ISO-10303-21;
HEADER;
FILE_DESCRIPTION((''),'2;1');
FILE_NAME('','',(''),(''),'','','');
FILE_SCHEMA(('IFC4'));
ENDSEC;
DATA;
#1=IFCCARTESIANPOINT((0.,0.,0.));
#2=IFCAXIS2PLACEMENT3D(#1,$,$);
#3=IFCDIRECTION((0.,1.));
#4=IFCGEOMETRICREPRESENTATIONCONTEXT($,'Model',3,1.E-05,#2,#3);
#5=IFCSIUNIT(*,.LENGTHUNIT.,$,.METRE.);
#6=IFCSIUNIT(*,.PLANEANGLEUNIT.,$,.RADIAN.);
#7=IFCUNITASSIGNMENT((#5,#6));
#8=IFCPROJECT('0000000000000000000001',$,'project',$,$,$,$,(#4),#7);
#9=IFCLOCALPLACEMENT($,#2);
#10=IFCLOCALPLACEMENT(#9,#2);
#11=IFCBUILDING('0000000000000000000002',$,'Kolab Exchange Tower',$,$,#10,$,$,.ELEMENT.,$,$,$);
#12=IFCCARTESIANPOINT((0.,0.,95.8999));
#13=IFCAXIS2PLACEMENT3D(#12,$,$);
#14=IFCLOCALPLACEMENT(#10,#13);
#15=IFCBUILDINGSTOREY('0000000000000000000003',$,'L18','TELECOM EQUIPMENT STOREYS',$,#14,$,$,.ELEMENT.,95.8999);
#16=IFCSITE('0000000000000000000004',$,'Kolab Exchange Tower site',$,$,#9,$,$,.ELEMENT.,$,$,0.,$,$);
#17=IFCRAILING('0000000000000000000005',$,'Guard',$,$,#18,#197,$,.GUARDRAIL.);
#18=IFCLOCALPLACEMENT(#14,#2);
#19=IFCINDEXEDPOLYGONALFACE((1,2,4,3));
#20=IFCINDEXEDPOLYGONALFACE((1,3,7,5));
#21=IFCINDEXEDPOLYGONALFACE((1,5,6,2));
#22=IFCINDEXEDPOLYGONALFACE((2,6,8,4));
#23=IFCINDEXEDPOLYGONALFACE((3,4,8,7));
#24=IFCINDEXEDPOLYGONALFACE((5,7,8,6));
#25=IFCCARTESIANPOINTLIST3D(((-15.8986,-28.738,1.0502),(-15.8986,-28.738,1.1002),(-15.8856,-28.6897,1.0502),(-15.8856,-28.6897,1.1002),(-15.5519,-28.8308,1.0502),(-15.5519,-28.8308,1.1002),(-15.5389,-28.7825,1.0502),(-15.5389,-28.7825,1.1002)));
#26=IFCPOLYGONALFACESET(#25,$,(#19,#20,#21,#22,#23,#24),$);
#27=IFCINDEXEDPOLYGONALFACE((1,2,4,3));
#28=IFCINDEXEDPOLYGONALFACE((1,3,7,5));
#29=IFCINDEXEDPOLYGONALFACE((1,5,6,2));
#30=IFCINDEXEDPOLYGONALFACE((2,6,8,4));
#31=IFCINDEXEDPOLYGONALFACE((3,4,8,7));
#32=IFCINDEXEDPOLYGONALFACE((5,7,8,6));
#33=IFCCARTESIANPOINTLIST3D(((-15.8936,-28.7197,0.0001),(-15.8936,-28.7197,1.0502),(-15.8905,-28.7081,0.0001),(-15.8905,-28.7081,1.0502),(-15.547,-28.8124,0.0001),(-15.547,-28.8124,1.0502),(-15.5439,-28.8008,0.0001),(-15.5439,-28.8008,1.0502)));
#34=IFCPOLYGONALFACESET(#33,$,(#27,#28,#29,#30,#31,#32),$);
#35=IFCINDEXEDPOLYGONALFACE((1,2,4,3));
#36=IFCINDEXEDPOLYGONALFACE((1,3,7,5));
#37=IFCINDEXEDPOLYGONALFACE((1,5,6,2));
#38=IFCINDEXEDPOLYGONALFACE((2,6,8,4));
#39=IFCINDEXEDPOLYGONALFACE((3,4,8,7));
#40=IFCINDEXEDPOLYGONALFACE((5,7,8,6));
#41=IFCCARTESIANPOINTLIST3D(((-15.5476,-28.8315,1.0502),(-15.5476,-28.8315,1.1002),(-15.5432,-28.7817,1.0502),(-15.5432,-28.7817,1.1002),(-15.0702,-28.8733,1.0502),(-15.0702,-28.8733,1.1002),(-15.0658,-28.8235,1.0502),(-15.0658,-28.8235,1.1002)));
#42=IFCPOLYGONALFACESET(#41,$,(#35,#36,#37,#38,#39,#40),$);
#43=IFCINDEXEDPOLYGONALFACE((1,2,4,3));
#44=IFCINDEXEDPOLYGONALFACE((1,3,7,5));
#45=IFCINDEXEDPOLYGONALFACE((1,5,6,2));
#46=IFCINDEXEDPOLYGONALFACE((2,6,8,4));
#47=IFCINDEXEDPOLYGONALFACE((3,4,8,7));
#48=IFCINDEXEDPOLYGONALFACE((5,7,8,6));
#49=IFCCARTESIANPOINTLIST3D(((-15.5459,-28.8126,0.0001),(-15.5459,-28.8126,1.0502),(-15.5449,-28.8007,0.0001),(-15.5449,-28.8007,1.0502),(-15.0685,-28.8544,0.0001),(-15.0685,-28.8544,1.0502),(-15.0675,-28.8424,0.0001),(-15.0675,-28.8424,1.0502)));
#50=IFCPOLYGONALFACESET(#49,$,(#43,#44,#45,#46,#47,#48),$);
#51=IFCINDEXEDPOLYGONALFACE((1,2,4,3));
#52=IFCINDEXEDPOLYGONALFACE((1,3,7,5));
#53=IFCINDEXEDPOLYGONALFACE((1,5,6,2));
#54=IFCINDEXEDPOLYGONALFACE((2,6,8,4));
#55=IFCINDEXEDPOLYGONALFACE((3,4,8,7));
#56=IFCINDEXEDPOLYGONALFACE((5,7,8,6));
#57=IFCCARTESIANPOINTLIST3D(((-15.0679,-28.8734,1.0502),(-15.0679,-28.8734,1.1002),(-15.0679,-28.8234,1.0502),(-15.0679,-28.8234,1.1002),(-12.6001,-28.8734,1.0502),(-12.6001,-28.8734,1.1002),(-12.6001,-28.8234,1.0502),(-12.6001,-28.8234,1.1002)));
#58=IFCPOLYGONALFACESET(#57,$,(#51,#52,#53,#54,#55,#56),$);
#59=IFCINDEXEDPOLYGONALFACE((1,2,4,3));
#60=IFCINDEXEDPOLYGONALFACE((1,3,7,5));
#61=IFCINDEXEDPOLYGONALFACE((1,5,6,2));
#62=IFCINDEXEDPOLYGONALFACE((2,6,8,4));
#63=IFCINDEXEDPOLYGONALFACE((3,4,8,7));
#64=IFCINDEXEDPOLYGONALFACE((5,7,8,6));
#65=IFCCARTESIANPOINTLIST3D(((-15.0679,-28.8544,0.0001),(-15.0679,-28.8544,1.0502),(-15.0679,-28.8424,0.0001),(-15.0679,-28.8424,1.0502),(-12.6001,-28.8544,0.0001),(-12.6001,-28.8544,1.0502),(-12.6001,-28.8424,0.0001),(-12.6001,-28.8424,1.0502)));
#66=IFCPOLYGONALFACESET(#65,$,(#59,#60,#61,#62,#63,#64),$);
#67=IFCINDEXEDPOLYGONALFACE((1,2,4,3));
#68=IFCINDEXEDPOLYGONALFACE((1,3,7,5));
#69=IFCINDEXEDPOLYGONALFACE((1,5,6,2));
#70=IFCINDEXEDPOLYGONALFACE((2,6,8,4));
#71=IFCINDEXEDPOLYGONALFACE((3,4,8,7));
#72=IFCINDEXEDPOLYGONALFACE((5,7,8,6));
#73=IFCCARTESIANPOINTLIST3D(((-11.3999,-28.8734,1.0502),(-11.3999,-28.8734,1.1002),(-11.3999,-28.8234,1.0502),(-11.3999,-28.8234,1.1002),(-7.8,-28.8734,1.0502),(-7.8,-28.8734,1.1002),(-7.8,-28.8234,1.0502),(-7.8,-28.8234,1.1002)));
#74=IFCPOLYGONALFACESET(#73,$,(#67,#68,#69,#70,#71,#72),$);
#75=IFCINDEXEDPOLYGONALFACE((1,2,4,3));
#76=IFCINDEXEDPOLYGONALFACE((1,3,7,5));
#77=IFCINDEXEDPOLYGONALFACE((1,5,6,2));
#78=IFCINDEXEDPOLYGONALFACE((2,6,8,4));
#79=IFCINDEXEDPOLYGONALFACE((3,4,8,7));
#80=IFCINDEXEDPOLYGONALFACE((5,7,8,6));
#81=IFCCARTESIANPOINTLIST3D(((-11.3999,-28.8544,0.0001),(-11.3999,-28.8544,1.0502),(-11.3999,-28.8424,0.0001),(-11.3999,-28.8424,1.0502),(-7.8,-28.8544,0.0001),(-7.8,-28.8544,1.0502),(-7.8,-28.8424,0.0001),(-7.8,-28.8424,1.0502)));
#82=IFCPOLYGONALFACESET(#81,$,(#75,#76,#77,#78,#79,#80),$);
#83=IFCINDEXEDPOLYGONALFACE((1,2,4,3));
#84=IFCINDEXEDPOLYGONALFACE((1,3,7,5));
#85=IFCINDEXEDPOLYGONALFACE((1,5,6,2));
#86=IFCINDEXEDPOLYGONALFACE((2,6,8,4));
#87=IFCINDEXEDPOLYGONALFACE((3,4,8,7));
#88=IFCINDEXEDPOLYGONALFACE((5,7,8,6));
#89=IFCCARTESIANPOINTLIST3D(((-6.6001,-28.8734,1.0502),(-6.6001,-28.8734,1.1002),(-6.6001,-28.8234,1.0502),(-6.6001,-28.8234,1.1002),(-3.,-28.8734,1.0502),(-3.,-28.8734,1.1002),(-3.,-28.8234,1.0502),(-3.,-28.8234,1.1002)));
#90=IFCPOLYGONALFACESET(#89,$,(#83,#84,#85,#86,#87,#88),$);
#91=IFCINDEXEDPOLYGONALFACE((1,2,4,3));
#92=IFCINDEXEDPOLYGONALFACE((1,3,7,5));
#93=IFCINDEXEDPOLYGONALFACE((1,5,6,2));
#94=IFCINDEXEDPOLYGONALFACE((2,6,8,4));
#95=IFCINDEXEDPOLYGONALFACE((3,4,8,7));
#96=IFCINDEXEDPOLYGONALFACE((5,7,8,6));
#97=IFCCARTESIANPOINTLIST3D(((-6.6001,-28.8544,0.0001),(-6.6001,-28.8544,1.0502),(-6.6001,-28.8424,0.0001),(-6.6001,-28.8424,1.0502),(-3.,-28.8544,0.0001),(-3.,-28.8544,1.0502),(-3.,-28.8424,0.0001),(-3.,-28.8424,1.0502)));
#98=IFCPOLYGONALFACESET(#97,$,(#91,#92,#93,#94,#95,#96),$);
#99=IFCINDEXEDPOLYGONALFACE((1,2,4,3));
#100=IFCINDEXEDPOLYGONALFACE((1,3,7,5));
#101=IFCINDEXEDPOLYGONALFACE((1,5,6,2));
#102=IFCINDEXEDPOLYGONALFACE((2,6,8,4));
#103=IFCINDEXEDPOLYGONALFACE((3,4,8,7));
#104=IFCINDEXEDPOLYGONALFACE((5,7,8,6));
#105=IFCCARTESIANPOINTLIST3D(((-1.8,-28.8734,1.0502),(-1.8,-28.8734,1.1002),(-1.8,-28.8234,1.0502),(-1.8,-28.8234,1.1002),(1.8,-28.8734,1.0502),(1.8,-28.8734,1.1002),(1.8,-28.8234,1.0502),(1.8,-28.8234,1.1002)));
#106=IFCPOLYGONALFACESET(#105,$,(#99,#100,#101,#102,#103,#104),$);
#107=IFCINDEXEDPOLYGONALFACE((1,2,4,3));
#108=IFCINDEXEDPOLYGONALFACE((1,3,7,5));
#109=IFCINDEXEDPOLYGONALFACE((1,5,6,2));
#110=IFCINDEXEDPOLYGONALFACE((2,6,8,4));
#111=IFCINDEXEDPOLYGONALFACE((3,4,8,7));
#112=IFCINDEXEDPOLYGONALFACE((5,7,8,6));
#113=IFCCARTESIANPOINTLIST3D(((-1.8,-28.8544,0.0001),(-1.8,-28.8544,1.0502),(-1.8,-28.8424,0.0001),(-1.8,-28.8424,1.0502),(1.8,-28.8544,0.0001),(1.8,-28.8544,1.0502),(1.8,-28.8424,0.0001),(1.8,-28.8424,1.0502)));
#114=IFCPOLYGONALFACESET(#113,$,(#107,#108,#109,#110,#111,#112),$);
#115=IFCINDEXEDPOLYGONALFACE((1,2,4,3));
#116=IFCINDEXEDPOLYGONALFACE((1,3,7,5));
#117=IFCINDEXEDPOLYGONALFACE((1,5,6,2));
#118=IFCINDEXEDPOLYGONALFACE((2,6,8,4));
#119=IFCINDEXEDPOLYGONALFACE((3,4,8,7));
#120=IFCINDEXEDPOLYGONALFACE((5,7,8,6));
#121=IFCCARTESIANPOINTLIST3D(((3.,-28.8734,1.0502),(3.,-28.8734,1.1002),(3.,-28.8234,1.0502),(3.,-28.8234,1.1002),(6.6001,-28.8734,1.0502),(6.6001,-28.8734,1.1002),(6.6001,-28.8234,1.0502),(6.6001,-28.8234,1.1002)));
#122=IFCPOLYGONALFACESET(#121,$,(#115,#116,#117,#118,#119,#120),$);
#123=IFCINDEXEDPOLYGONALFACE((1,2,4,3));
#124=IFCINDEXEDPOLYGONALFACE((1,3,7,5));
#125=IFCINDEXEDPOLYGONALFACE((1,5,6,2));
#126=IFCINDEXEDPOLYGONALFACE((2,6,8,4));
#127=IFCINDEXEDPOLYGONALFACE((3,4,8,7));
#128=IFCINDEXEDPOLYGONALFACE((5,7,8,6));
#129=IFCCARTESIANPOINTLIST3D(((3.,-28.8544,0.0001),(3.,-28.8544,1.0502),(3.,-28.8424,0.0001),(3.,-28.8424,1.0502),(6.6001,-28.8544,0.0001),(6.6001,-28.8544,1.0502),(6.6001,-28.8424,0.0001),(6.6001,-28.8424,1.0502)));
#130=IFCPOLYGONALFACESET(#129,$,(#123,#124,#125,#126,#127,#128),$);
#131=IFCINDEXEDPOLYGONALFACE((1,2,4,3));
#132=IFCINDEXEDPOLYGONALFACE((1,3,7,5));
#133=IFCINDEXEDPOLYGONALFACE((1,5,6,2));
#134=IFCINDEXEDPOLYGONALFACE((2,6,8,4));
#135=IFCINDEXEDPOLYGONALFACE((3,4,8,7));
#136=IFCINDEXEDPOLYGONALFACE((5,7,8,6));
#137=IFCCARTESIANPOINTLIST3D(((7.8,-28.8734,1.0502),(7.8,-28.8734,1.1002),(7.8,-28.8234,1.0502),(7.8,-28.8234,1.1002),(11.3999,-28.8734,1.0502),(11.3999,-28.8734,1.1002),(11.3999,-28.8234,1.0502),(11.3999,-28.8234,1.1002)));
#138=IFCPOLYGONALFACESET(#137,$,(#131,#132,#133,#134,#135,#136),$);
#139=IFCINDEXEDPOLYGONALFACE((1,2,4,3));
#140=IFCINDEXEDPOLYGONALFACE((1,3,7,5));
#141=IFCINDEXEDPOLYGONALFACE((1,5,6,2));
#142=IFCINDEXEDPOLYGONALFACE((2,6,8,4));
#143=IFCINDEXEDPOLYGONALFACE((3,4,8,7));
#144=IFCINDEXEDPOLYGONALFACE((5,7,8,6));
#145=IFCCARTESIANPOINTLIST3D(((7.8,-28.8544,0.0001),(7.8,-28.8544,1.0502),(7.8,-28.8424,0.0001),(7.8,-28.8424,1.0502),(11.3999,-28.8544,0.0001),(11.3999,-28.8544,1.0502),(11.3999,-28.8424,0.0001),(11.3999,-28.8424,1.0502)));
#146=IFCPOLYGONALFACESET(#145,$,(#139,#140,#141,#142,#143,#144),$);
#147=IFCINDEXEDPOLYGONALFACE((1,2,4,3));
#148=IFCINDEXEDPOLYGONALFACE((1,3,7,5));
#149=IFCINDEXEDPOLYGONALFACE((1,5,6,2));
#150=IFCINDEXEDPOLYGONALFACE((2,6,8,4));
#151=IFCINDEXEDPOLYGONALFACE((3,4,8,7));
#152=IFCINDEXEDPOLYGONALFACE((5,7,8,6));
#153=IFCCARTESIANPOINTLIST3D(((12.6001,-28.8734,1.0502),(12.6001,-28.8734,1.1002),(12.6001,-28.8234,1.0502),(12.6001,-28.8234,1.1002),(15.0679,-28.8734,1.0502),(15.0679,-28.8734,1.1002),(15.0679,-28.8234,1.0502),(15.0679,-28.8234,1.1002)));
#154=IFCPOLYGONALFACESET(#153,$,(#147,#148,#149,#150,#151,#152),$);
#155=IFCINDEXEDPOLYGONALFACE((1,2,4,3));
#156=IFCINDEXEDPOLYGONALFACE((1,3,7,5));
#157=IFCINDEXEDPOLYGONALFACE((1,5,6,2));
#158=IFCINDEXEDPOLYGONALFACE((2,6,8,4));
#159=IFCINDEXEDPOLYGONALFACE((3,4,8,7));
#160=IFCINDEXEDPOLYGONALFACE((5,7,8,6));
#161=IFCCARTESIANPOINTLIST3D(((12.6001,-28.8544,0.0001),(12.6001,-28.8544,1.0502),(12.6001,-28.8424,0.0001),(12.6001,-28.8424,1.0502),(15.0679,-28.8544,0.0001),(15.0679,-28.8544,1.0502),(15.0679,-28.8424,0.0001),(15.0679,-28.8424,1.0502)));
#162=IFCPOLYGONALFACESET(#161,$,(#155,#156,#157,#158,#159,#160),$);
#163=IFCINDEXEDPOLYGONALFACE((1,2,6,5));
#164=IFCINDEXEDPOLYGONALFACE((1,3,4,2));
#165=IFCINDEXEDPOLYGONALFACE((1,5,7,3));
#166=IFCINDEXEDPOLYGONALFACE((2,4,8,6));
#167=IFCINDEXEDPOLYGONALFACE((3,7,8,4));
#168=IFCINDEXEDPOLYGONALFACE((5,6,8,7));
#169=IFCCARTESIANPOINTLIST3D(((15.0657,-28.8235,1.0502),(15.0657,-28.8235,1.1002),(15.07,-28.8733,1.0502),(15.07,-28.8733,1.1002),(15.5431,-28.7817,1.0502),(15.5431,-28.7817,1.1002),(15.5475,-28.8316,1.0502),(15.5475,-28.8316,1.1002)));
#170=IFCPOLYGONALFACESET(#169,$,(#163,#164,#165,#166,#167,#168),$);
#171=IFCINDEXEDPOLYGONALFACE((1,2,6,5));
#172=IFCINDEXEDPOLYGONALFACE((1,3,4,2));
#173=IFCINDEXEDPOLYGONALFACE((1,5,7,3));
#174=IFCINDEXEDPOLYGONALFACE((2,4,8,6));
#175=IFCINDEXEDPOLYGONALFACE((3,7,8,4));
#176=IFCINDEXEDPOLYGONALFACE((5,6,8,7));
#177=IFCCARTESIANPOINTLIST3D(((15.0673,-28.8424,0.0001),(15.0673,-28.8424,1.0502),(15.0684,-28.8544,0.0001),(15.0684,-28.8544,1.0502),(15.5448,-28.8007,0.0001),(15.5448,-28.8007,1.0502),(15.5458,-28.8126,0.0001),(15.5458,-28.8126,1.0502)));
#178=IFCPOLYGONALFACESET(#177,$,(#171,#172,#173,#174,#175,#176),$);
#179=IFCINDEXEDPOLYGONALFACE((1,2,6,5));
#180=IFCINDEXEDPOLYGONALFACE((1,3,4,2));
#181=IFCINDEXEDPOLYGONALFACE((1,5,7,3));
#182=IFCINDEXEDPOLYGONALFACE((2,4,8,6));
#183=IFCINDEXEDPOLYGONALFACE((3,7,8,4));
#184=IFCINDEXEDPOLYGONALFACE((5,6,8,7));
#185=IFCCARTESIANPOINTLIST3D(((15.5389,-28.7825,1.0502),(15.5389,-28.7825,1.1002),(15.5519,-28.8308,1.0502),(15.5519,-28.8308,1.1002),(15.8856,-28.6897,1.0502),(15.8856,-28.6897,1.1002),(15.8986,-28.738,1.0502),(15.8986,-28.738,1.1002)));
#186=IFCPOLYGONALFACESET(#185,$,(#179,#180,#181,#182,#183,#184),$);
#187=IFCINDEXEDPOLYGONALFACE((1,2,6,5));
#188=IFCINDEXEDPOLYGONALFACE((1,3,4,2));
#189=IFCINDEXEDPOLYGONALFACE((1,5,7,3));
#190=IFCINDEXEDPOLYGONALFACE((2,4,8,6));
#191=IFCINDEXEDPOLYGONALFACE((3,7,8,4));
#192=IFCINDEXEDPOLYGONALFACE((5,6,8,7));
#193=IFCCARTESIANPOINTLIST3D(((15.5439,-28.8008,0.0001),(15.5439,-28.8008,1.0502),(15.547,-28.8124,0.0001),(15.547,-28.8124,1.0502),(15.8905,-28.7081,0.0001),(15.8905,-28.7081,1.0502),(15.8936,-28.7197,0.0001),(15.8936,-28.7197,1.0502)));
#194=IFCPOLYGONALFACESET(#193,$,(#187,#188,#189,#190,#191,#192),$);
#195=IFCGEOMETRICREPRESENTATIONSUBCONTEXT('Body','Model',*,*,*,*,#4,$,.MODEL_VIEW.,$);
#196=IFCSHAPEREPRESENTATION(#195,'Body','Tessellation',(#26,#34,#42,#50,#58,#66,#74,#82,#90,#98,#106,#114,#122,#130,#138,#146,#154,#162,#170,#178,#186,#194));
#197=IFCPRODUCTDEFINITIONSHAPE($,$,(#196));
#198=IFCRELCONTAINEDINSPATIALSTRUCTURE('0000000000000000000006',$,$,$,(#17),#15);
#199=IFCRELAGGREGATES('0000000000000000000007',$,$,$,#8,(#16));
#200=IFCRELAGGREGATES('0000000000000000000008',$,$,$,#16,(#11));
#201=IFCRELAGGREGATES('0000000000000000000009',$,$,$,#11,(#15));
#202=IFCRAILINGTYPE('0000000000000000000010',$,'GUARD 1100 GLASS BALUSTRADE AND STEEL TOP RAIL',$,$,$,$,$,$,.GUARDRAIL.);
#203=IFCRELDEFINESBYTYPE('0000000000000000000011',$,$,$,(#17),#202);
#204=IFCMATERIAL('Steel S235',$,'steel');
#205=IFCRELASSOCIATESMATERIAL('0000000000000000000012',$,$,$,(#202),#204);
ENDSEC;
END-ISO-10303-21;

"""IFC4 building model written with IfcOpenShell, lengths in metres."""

from ifc_helpers import new_model, si_unit, direction, frame, frame_2d, origin, origin_2d, place, context, subcontext, project, spatial, rectangle, extrude, material, type_object, element, save


model = new_model("IFC4")

# Units and contexts
model_context = context("Model", 3, precision=1e-05, world=origin(), true_north=direction((0.0, 1.0)))
body_context = subcontext(model_context, "Body", "Model", "MODEL_VIEW")
ifc_project = project(units=[si_unit("LENGTHUNIT", "METRE"), si_unit("PLANEANGLEUNIT", "RADIAN")], contexts=[model_context])

# Site, building, storey
site_placement = place(None, origin())
site = spatial("IfcSite", under=ifc_project, at=site_placement, Name="Kolab Exchange Tower site", CompositionType="ELEMENT", RefElevation=0.0)
building_placement = place(site_placement, origin())
building = spatial("IfcBuilding", under=site, at=building_placement, Name="Kolab Exchange Tower", CompositionType="ELEMENT")
storey_placement = place(building_placement, frame((0.0, 0.0, 95.8999)))
storey = spatial("IfcBuildingStorey", under=building, at=storey_placement, Name="L18", Description="TELECOM EQUIPMENT STOREYS", CompositionType="ELEMENT", Elevation=95.8999)

# Railing
ifc_material_1 = material(Name="Steel S235", Category="steel")
railing_type = type_object("IfcRailingType", Name="GUARD 1100 GLASS BALUSTRADE AND STEEL TOP RAIL", PredefinedType="GUARDRAIL", material=ifc_material_1)
railing_placement = place(storey_placement, frame((-15.8921, -28.7139, 0.0)))
element("IfcRailing", 1, at=railing_placement, inside=storey, type_object=railing_type, Name="Guard", PredefinedType="GUARDRAIL", context=body_context, shape_type="SweptSolid", body=[
    extrude(rectangle(XDim=0.05, YDim=0.05, at=origin_2d()), frame((0.0, 0.0, 1.0752), z_axis=(0.966009, -0.258509, 0.0), x_axis=(0.258509, 0.966009, 0.0)), (0.0, 0.0, 1.0), 0.3589),
    extrude(rectangle(XDim=0.012, YDim=1.0501, at=frame_2d((0.0, 0.5251))), frame((0.0, 0.0, 0.0), z_axis=(0.966009, -0.258509, 0.0), x_axis=(0.258509, 0.966009, 0.0)), (0.0, 0.0, 1.0), 0.3589),
    extrude(rectangle(XDim=0.05, YDim=0.05, at=origin_2d()), frame((0.3467, -0.0928, 1.0752), z_axis=(0.9962, -0.087091, 0.0), x_axis=(0.087091, 0.9962, 0.0)), (0.0, 0.0, 1.0), 0.4792),
    extrude(rectangle(XDim=0.012, YDim=1.0501, at=frame_2d((0.0, 0.5251))), frame((0.3467, -0.0928, 0.0), z_axis=(0.9962, -0.087091, 0.0), x_axis=(0.087091, 0.9962, 0.0)), (0.0, 0.0, 1.0), 0.4792),
    extrude(rectangle(XDim=0.05, YDim=0.05, at=origin_2d()), frame((0.8242, -0.1345, 1.0752), z_axis=(1.0, 0.0, 0.0), x_axis=(0.0, 1.0, 0.0)), (0.0, 0.0, 1.0), 2.4678),
    extrude(rectangle(XDim=0.012, YDim=1.0501, at=frame_2d((0.0, 0.5251))), frame((0.8242, -0.1345, 0.0), z_axis=(1.0, 0.0, 0.0), x_axis=(0.0, 1.0, 0.0)), (0.0, 0.0, 1.0), 2.4678),
    extrude(rectangle(XDim=0.05, YDim=0.05, at=origin_2d()), frame((4.4922, -0.1345, 1.0752), z_axis=(1.0, 0.0, 0.0), x_axis=(0.0, 1.0, 0.0)), (0.0, 0.0, 1.0), 3.5999),
    extrude(rectangle(XDim=0.012, YDim=1.0501, at=frame_2d((0.0, 0.5251))), frame((4.4922, -0.1345, 0.0), z_axis=(1.0, 0.0, 0.0), x_axis=(0.0, 1.0, 0.0)), (0.0, 0.0, 1.0), 3.5999),
    extrude(rectangle(XDim=0.05, YDim=0.05, at=origin_2d()), frame((9.292, -0.1345, 1.0752), z_axis=(1.0, 0.0, 0.0), x_axis=(0.0, 1.0, 0.0)), (0.0, 0.0, 1.0), 3.6001),
    extrude(rectangle(XDim=0.012, YDim=1.0501, at=frame_2d((0.0, 0.5251))), frame((9.292, -0.1345, 0.0), z_axis=(1.0, 0.0, 0.0), x_axis=(0.0, 1.0, 0.0)), (0.0, 0.0, 1.0), 3.6001),
    extrude(rectangle(XDim=0.05, YDim=0.05, at=origin_2d()), frame((14.092, -0.1345, 1.0752), z_axis=(1.0, 0.0, 0.0), x_axis=(0.0, 1.0, 0.0)), (0.0, 0.0, 1.0), 3.6001),
    extrude(rectangle(XDim=0.012, YDim=1.0501, at=frame_2d((0.0, 0.5251))), frame((14.092, -0.1345, 0.0), z_axis=(1.0, 0.0, 0.0), x_axis=(0.0, 1.0, 0.0)), (0.0, 0.0, 1.0), 3.6001),
    extrude(rectangle(XDim=0.05, YDim=0.05, at=origin_2d()), frame((18.8921, -0.1345, 1.0752), z_axis=(1.0, 0.0, 0.0), x_axis=(0.0, 1.0, 0.0)), (0.0, 0.0, 1.0), 3.6001),
    extrude(rectangle(XDim=0.012, YDim=1.0501, at=frame_2d((0.0, 0.5251))), frame((18.8921, -0.1345, 0.0), z_axis=(1.0, 0.0, 0.0), x_axis=(0.0, 1.0, 0.0)), (0.0, 0.0, 1.0), 3.6001),
    extrude(rectangle(XDim=0.05, YDim=0.05, at=origin_2d()), frame((23.6921, -0.1345, 1.0752), z_axis=(1.0, 0.0, 0.0), x_axis=(0.0, 1.0, 0.0)), (0.0, 0.0, 1.0), 3.5999),
    extrude(rectangle(XDim=0.012, YDim=1.0501, at=frame_2d((0.0, 0.5251))), frame((23.6921, -0.1345, 0.0), z_axis=(1.0, 0.0, 0.0), x_axis=(0.0, 1.0, 0.0)), (0.0, 0.0, 1.0), 3.5999),
    extrude(rectangle(XDim=0.05, YDim=0.05, at=origin_2d()), frame((28.4922, -0.1345, 1.0752), z_axis=(1.0, 0.0, 0.0), x_axis=(0.0, 1.0, 0.0)), (0.0, 0.0, 1.0), 2.4678),
    extrude(rectangle(XDim=0.012, YDim=1.0501, at=frame_2d((0.0, 0.5251))), frame((28.4922, -0.1345, 0.0), z_axis=(1.0, 0.0, 0.0), x_axis=(0.0, 1.0, 0.0)), (0.0, 0.0, 1.0), 2.4678),
    extrude(rectangle(XDim=0.05, YDim=0.05, at=origin_2d()), frame((30.96, -0.1345, 1.0752), z_axis=(0.9962, 0.087091, 0.0), x_axis=(-0.087091, 0.9962, 0.0)), (0.0, 0.0, 1.0), 0.4792),
    extrude(rectangle(XDim=0.012, YDim=1.0501, at=frame_2d((0.0, 0.5251))), frame((30.96, -0.1345, 0.0), z_axis=(0.9962, 0.087091, 0.0), x_axis=(-0.087091, 0.9962, 0.0)), (0.0, 0.0, 1.0), 0.4792),
    extrude(rectangle(XDim=0.05, YDim=0.05, at=origin_2d()), frame((31.4375, -0.0928, 1.0752), z_axis=(0.966009, 0.258509, 0.0), x_axis=(-0.258509, 0.966009, 0.0)), (0.0, 0.0, 1.0), 0.3589),
    extrude(rectangle(XDim=0.012, YDim=1.0501, at=frame_2d((0.0, 0.5251))), frame((31.4375, -0.0928, 0.0), z_axis=(0.966009, 0.258509, 0.0), x_axis=(-0.258509, 0.966009, 0.0)), (0.0, 0.0, 1.0), 0.3589),
])

save(model, "model.ifc")
